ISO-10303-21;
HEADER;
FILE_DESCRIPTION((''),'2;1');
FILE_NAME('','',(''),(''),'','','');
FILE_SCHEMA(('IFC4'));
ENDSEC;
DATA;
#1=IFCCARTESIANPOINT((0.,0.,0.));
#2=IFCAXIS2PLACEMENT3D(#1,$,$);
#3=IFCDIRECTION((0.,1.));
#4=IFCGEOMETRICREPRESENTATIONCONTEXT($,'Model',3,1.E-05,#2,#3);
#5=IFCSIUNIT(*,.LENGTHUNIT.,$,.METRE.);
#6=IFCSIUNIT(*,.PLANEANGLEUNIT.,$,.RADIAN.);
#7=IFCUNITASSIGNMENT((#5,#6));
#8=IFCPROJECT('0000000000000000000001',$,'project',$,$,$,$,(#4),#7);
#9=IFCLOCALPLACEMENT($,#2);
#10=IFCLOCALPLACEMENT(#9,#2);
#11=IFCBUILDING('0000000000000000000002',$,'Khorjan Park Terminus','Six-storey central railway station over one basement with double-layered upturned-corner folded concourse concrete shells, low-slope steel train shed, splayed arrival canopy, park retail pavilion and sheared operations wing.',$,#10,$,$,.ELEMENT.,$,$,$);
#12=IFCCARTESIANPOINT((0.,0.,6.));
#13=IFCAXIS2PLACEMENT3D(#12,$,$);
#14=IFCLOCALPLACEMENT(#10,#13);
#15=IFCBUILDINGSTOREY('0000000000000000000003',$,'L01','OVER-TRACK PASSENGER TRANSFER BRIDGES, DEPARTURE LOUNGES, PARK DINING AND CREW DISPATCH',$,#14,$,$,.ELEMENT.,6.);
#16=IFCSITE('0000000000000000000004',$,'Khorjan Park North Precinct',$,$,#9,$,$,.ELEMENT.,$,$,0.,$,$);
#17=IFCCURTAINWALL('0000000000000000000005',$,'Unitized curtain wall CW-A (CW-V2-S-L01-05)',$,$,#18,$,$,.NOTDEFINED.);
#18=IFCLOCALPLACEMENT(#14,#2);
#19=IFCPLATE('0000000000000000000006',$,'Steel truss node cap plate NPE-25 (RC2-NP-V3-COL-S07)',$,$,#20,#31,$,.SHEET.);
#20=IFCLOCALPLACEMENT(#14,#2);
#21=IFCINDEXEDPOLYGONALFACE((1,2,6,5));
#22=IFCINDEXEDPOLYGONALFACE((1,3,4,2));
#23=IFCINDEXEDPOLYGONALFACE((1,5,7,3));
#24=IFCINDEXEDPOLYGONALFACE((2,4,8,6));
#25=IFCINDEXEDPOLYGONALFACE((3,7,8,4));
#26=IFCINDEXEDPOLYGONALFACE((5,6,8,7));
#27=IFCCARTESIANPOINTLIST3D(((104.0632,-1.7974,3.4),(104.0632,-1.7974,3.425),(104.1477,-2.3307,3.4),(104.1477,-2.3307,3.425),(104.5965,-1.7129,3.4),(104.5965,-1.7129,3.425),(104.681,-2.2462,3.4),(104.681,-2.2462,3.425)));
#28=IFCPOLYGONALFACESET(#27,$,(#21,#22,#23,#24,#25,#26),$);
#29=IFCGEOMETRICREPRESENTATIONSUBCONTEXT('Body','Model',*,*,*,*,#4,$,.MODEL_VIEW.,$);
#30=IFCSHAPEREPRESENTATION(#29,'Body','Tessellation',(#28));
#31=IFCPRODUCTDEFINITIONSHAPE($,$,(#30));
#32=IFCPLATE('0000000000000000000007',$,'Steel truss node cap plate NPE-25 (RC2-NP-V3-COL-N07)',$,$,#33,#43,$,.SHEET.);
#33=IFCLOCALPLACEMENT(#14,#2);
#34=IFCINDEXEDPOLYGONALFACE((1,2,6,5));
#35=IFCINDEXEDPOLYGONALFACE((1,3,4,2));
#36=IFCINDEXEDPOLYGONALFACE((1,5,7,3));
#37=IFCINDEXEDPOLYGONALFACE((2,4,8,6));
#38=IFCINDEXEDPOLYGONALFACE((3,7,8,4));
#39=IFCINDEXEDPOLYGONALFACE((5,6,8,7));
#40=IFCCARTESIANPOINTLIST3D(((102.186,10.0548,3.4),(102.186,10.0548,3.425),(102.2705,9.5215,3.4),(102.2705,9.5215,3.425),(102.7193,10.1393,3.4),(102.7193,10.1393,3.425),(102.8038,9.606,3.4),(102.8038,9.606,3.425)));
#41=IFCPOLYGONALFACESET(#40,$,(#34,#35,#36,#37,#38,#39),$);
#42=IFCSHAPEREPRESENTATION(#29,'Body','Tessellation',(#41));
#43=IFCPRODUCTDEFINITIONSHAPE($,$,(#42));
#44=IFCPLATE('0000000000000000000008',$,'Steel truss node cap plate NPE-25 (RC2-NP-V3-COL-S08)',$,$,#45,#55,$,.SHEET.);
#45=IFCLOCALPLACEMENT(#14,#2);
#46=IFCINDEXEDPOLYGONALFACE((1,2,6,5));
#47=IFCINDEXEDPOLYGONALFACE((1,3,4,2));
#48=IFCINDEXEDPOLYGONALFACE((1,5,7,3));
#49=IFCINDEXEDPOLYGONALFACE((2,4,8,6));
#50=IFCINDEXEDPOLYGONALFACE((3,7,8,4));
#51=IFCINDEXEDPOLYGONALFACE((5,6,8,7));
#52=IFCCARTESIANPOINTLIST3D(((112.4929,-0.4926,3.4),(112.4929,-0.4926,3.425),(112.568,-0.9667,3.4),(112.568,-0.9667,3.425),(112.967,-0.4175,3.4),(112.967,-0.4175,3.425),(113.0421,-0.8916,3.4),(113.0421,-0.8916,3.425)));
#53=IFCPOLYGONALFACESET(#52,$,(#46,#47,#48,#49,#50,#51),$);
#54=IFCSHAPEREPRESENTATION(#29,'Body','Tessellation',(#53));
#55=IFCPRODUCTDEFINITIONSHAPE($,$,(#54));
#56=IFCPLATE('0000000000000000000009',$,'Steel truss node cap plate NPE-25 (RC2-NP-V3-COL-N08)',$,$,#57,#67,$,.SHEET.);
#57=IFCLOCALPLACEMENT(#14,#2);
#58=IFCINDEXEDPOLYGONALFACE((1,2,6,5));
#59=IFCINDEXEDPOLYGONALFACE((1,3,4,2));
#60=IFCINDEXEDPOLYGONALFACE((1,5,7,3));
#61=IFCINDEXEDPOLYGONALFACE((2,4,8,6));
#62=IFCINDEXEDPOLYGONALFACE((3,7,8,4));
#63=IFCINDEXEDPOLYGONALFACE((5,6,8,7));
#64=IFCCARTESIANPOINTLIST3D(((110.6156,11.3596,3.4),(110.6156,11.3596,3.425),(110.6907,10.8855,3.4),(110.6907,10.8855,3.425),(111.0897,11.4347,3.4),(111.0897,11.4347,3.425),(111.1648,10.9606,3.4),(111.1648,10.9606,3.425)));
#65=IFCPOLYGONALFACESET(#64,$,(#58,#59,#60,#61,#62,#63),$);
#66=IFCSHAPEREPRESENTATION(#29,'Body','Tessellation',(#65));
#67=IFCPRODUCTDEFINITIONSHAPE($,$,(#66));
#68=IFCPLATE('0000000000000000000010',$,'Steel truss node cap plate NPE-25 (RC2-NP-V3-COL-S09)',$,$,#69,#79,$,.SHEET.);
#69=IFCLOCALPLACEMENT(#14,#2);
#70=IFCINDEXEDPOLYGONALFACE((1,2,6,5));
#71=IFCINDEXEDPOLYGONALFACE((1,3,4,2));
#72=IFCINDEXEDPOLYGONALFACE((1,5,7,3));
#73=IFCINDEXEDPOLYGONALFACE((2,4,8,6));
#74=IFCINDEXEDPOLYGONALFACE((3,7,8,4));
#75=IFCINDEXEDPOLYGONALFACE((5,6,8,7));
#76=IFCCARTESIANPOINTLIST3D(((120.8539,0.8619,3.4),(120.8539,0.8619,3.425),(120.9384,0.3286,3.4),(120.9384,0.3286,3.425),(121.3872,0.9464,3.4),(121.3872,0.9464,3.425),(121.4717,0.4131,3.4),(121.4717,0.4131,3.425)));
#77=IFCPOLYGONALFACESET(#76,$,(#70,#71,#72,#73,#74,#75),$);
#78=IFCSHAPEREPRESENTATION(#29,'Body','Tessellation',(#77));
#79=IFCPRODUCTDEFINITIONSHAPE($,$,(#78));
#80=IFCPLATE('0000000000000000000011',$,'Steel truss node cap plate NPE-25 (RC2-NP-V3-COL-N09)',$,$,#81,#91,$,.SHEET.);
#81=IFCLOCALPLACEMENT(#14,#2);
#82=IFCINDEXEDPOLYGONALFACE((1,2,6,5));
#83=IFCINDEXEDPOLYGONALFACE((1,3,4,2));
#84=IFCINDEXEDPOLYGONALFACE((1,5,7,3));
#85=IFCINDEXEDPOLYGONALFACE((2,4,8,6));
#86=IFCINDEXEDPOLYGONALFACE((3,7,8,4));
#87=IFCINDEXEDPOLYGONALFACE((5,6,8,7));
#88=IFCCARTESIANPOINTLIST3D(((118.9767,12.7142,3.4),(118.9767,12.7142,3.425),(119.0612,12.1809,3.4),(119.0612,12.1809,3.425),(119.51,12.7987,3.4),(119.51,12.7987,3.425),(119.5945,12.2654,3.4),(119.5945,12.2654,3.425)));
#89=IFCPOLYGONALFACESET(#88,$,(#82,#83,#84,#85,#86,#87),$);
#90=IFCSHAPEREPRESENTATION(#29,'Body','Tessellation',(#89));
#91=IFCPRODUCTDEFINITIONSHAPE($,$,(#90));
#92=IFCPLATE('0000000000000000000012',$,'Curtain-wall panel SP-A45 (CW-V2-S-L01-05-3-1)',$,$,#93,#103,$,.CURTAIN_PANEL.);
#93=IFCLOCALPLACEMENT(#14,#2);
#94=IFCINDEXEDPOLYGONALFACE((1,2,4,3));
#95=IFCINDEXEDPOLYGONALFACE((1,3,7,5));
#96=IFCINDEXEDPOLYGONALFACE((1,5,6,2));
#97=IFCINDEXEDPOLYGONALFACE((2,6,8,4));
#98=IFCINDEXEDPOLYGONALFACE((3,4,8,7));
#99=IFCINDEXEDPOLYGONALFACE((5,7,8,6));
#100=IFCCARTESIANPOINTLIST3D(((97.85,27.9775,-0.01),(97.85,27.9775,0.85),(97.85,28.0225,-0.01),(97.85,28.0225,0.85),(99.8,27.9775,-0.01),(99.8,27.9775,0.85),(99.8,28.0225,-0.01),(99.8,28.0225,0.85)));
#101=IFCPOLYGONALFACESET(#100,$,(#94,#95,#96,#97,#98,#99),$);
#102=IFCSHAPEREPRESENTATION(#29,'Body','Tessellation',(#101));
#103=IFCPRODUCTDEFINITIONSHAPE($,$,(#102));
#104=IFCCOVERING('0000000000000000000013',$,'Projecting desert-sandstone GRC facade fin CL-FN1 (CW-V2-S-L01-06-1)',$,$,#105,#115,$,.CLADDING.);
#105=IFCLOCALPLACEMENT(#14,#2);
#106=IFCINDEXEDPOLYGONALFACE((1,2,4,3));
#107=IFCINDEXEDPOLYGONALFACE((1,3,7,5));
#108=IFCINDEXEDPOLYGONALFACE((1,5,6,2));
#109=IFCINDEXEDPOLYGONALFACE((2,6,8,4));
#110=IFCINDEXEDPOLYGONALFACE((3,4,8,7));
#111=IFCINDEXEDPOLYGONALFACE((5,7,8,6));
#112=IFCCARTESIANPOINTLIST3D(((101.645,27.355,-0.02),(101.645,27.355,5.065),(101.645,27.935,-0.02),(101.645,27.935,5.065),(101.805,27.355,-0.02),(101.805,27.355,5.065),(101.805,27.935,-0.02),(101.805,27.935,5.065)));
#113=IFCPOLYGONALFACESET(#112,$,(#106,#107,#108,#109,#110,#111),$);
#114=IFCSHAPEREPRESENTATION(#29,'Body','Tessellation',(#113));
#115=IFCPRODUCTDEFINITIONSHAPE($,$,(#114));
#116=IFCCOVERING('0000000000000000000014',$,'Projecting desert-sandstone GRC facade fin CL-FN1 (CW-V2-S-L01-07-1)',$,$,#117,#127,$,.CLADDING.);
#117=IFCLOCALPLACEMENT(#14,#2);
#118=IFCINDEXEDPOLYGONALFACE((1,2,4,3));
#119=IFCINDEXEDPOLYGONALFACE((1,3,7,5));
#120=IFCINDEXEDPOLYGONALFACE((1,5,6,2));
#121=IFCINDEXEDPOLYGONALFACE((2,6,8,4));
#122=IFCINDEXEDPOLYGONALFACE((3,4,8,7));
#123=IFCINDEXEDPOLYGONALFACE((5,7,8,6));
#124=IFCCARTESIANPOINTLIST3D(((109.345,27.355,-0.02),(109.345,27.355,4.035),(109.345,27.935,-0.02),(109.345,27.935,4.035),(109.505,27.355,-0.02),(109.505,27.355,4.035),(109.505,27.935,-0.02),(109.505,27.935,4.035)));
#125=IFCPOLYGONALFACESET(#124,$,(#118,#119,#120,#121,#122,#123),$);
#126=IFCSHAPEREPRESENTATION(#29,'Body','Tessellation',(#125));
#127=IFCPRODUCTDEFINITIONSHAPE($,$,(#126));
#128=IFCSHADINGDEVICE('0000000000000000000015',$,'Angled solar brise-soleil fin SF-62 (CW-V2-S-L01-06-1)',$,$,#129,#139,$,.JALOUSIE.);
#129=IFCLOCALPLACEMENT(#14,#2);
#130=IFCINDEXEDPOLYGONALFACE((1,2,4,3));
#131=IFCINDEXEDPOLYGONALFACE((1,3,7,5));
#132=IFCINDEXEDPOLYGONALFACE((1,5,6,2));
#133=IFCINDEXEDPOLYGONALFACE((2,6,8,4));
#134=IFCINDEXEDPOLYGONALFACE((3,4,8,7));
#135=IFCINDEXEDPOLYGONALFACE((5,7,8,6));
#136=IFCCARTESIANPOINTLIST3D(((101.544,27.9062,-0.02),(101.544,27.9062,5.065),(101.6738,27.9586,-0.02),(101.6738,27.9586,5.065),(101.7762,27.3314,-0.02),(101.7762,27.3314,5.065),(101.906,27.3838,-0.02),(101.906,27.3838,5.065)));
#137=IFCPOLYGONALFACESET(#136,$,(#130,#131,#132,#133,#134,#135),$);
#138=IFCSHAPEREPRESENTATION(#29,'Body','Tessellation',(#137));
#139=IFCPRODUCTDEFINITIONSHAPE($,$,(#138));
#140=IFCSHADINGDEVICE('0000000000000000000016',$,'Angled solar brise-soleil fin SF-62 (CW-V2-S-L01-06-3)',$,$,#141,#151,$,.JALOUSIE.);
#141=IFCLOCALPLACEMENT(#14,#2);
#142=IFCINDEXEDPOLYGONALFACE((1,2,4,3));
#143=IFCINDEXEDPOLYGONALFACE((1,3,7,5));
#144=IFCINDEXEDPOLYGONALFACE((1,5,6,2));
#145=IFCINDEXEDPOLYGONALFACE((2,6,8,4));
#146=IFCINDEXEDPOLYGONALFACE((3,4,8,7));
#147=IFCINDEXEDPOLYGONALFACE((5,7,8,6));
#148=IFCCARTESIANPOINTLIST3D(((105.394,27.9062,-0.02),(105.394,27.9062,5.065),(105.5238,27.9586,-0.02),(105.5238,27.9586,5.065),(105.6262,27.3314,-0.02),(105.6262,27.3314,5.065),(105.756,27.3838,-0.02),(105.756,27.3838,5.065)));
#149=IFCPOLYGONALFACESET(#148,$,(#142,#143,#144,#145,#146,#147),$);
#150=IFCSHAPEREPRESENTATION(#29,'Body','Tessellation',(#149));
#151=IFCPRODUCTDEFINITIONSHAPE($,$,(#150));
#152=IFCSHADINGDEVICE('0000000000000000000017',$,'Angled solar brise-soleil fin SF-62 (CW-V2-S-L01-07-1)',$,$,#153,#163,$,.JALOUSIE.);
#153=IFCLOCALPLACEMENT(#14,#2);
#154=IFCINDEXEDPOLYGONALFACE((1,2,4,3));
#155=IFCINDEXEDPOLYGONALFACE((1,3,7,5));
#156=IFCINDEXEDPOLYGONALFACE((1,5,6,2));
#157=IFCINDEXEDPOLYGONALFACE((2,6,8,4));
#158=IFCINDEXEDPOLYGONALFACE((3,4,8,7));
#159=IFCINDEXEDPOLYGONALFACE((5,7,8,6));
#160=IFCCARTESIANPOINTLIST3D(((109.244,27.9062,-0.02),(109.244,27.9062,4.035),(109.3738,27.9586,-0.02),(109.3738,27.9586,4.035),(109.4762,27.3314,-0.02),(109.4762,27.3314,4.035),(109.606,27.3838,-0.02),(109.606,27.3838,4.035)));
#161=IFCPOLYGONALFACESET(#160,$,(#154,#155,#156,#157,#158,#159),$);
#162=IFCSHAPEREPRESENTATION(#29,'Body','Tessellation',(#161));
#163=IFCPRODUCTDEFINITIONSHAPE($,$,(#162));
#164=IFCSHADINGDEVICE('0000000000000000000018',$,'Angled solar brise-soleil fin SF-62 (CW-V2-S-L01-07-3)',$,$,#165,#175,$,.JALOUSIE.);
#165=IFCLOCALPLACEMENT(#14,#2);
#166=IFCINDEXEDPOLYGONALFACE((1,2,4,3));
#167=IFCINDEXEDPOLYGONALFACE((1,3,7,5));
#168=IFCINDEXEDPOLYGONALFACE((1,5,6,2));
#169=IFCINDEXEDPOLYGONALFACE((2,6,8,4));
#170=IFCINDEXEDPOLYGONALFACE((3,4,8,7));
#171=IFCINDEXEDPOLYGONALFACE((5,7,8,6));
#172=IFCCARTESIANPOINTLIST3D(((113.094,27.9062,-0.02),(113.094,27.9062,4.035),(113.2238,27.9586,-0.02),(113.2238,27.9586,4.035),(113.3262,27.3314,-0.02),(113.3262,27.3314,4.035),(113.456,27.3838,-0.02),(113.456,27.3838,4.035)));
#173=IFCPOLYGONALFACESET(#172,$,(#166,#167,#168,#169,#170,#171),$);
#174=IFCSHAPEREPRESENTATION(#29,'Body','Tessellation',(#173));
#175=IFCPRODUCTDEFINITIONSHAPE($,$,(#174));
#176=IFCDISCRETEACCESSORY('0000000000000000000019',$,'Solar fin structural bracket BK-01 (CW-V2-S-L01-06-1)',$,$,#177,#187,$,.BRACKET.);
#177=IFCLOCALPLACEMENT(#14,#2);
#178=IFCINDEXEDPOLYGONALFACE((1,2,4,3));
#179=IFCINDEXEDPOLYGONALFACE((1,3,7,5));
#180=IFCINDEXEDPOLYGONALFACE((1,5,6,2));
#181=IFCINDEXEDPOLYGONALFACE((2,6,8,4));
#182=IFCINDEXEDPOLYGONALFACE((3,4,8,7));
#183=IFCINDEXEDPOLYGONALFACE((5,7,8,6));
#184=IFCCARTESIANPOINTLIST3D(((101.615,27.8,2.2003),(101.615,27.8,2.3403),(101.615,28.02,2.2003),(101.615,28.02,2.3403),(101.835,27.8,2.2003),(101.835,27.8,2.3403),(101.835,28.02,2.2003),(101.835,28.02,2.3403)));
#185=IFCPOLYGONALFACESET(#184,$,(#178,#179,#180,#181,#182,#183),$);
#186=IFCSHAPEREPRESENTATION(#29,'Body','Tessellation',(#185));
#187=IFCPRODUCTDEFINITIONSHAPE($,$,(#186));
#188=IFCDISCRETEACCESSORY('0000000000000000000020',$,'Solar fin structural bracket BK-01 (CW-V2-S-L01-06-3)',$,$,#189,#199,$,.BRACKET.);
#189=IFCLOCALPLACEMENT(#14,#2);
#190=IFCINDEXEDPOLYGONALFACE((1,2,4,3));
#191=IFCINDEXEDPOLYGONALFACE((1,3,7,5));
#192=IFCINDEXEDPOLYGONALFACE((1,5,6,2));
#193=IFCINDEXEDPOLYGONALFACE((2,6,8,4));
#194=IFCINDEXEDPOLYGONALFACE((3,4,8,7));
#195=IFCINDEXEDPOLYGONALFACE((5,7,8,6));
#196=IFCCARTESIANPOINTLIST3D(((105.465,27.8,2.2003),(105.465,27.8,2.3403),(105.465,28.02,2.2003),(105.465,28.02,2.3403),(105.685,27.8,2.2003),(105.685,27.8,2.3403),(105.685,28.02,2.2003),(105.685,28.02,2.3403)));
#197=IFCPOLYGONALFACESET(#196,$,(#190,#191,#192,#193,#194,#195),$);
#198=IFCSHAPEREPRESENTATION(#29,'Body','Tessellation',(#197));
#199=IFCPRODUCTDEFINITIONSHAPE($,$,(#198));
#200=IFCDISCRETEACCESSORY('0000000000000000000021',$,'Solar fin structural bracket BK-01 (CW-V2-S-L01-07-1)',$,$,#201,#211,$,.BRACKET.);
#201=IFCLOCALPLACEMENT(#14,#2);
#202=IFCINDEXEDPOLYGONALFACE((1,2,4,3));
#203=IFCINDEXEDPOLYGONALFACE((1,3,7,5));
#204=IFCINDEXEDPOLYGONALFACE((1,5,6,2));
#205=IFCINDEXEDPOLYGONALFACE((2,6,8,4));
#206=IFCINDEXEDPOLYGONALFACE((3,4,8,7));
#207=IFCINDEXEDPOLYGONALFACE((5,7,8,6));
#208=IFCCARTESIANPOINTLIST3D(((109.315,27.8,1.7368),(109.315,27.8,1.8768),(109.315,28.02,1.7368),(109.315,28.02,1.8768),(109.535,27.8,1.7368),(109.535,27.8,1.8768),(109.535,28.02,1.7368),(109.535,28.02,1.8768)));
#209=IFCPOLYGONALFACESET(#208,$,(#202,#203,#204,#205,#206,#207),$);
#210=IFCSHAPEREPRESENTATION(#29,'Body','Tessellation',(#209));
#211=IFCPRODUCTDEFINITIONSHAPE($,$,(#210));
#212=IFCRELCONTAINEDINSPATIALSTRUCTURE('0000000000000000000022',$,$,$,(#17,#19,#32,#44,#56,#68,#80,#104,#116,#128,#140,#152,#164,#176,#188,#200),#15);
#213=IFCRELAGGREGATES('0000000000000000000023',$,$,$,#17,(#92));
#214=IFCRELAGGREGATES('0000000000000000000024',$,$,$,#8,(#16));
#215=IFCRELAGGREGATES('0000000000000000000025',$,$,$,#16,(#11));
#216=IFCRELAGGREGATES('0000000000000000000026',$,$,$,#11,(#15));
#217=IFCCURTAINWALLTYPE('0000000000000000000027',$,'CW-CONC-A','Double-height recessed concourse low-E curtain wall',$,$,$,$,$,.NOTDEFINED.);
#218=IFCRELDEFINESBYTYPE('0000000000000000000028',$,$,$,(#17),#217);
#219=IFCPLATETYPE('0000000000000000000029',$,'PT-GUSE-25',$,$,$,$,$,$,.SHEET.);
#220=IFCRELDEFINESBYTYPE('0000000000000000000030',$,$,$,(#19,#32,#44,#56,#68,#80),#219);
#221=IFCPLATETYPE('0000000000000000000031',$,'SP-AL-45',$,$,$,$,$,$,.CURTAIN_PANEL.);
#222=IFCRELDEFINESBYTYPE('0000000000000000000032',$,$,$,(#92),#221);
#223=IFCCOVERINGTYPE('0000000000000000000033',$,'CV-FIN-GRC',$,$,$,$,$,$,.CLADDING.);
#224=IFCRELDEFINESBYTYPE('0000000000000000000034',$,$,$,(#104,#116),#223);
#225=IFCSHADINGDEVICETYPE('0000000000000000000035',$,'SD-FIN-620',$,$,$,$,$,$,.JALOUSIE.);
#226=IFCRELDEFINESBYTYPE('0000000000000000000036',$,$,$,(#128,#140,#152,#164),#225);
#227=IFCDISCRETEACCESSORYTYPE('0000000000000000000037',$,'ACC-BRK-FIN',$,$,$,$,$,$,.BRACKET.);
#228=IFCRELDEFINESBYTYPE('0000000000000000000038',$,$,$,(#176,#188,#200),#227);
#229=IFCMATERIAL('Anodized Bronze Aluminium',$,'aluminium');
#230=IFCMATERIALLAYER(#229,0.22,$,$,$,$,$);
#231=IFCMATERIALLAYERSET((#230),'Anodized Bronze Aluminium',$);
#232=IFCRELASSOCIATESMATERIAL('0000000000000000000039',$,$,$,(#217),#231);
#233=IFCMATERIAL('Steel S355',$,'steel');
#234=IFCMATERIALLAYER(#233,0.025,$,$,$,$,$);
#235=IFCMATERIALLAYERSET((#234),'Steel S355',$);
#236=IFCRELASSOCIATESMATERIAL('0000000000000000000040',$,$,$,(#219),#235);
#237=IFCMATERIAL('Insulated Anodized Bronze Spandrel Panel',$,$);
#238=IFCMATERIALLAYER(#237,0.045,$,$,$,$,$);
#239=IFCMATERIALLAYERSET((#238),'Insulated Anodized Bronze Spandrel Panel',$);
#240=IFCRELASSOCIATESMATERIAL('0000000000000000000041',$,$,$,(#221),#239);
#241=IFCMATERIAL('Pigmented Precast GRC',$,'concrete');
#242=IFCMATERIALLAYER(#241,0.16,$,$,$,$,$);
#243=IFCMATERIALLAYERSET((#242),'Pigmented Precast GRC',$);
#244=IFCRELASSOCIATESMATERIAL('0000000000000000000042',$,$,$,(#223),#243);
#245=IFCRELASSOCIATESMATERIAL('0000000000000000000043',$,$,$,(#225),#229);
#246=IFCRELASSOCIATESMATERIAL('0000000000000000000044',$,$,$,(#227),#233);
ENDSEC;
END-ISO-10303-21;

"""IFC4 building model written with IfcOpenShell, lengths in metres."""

from ifc_helpers import new_model, si_unit, direction, frame, origin, origin_2d, place, context, subcontext, project, spatial, rectangle, extrude, material, layer, layer_set, type_object, element, aggregate, save


model = new_model("IFC4")

# Units and contexts
model_context = context("Model", 3, precision=1e-05, world=origin(), true_north=direction((0.0, 1.0)))
body_context = subcontext(model_context, "Body", "Model", "MODEL_VIEW")
ifc_project = project(units=[si_unit("LENGTHUNIT", "METRE"), si_unit("PLANEANGLEUNIT", "RADIAN")], contexts=[model_context])

# Site, building, storey
site_placement = place(None, origin())
site = spatial("IfcSite", under=ifc_project, at=site_placement, Name="Khorjan Park North Precinct", CompositionType="ELEMENT", RefElevation=0.0)
building_placement = place(site_placement, origin())
building = spatial("IfcBuilding", under=site, at=building_placement, Name="Khorjan Park Terminus", Description="Six-storey central railway station over one basement with double-layered upturned-corner folded concourse concrete shells, low-slope steel train shed, splayed arrival canopy, park retail pavilion and sheared operations wing.", CompositionType="ELEMENT")
storey_placement = place(building_placement, frame((0.0, 0.0, 6.0)))
storey = spatial("IfcBuildingStorey", under=building, at=storey_placement, Name="L01", Description="OVER-TRACK PASSENGER TRANSFER BRIDGES, DEPARTURE LOUNGES, PARK DINING AND CREW DISPATCH", CompositionType="ELEMENT", Elevation=6.0)

# Shared definitions
ifc_material_1 = material(Name="Steel S355", Category="steel")

# Curtain wall
ifc_material_2 = material(Name="Anodized Bronze Aluminium", Category="aluminium")
ifc_layer_1 = layer(ifc_material_2, 0.22)
ifc_layer_set_1 = layer_set([ifc_layer_1], Name="Anodized Bronze Aluminium")
curtain_wall_type = type_object("IfcCurtainWallType", Name="CW-CONC-A", Description="Double-height recessed concourse low-E curtain wall", PredefinedType="NOTDEFINED", material=ifc_layer_set_1)
curtain_wall_placement = place(storey_placement, origin())
curtain_wall = element("IfcCurtainWall", 1, at=curtain_wall_placement, inside=storey, type_object=curtain_wall_type, Name="Unitized curtain wall CW-A (CW-V2-S-L01-05)", PredefinedType="NOTDEFINED")

# Plates
ifc_layer_2 = layer(ifc_material_1, 0.025)
ifc_layer_set_2 = layer_set([ifc_layer_2], Name="Steel S355")
plate_type_1 = type_object("IfcPlateType", Name="PT-GUSE-25", PredefinedType="SHEET", material=ifc_layer_set_2)
for number, where, z_axis, x_axis, name in (
    (2, (104.3721, -2.0218, 3.4), (0.0, 0.0, 1.0), (0.987688, 0.156434, 0.0), "Steel truss node cap plate NPE-25 (RC2-NP-V3-COL-S07)"),
    (3, (102.4949, 9.8304, 3.4), (0.0, 0.0, 1.0), (0.987688, 0.156434, 0.0), "Steel truss node cap plate NPE-25 (RC2-NP-V3-COL-N07)"),
):
    element("IfcPlate", number, at=place(storey_placement, frame(where, z_axis=z_axis, x_axis=x_axis)), inside=storey, type_object=plate_type_1, Name=name, PredefinedType="SHEET", context=body_context, shape_type="SweptSolid", body=[
        extrude(rectangle(XDim=0.54, YDim=0.54, at=origin_2d()), origin(), (0.0, 0.0, 1.0), 0.025),
    ])
for number, where, z_axis, x_axis, name in (
    (4, (112.7675, -0.6921, 3.4), (0.0, 0.0, 1.0), (0.987688, 0.156434, 0.0), "Steel truss node cap plate NPE-25 (RC2-NP-V3-COL-S08)"),
    (5, (110.8902, 11.1601, 3.4), (0.0, 0.0, 1.0), (0.987688, 0.156434, 0.0), "Steel truss node cap plate NPE-25 (RC2-NP-V3-COL-N08)"),
):
    element("IfcPlate", number, at=place(storey_placement, frame(where, z_axis=z_axis, x_axis=x_axis)), inside=storey, type_object=plate_type_1, Name=name, PredefinedType="SHEET", context=body_context, shape_type="SweptSolid", body=[
        extrude(rectangle(XDim=0.48, YDim=0.48, at=origin_2d()), origin(), (0.0, 0.0, 1.0), 0.025),
    ])
for number, where, z_axis, x_axis, name in (
    (6, (121.1628, 0.6375, 3.4), (0.0, 0.0, 1.0), (0.987688, 0.156434, 0.0), "Steel truss node cap plate NPE-25 (RC2-NP-V3-COL-S09)"),
    (7, (119.2856, 12.4898, 3.4), (0.0, 0.0, 1.0), (0.987688, 0.156434, 0.0), "Steel truss node cap plate NPE-25 (RC2-NP-V3-COL-N09)"),
):
    element("IfcPlate", number, at=place(storey_placement, frame(where, z_axis=z_axis, x_axis=x_axis)), inside=storey, type_object=plate_type_1, Name=name, PredefinedType="SHEET", context=body_context, shape_type="SweptSolid", body=[
        extrude(rectangle(XDim=0.54, YDim=0.54, at=origin_2d()), origin(), (0.0, 0.0, 1.0), 0.025),
    ])

# Plate
ifc_material_3 = material(Name="Insulated Anodized Bronze Spandrel Panel")
ifc_layer_3 = layer(ifc_material_3, 0.045)
ifc_layer_set_3 = layer_set([ifc_layer_3], Name="Insulated Anodized Bronze Spandrel Panel")
plate_type_2 = type_object("IfcPlateType", Name="SP-AL-45", PredefinedType="CURTAIN_PANEL", material=ifc_layer_set_3)
plate_1_placement = place(storey_placement, frame((98.825, 28.0, -0.01), z_axis=(0.0, 0.0, 1.0), x_axis=(1.0, 0.0, 0.0)))
plate_1 = element("IfcPlate", 8, at=plate_1_placement, type_object=plate_type_2, Name="Curtain-wall panel SP-A45 (CW-V2-S-L01-05-3-1)", PredefinedType="CURTAIN_PANEL", context=body_context, shape_type="SweptSolid", body=[
    extrude(rectangle(XDim=1.95, YDim=0.045, at=origin_2d()), origin(), (0.0, 0.0, 1.0), 0.86),
])
aggregate(curtain_wall, [plate_1])

# Coverings
ifc_material_4 = material(Name="Pigmented Precast GRC", Category="concrete")
ifc_layer_4 = layer(ifc_material_4, 0.16)
ifc_layer_set_4 = layer_set([ifc_layer_4], Name="Pigmented Precast GRC")
covering_type = type_object("IfcCoveringType", Name="CV-FIN-GRC", PredefinedType="CLADDING", material=ifc_layer_set_4)
covering_1_placement = place(storey_placement, frame((101.725, 27.645, -0.02), z_axis=(0.0, 0.0, 1.0), x_axis=(0.0, 1.0, 0.0)))
element("IfcCovering", 9, at=covering_1_placement, inside=storey, type_object=covering_type, Name="Projecting desert-sandstone GRC facade fin CL-FN1 (CW-V2-S-L01-06-1)", PredefinedType="CLADDING", context=body_context, shape_type="SweptSolid", body=[
    extrude(rectangle(XDim=0.58, YDim=0.16, at=origin_2d()), origin(), (0.0, 0.0, 1.0), 5.085),
])
covering_2_placement = place(storey_placement, frame((109.425, 27.645, -0.02), z_axis=(0.0, 0.0, 1.0), x_axis=(0.0, 1.0, 0.0)))
element("IfcCovering", 10, at=covering_2_placement, inside=storey, type_object=covering_type, Name="Projecting desert-sandstone GRC facade fin CL-FN1 (CW-V2-S-L01-07-1)", PredefinedType="CLADDING", context=body_context, shape_type="SweptSolid", body=[
    extrude(rectangle(XDim=0.58, YDim=0.16, at=origin_2d()), origin(), (0.0, 0.0, 1.0), 4.055),
])

# Shading devices
shading_device_type = type_object("IfcShadingDeviceType", Name="SD-FIN-620", PredefinedType="JALOUSIE", material=ifc_material_2)
for number, where, z_axis, x_axis, name in (
    (11, (101.725, 27.645, -0.02), (0.0, 0.0, 1.0), (-0.374607, 0.927184, 0.0), "Angled solar brise-soleil fin SF-62 (CW-V2-S-L01-06-1)"),
    (12, (105.575, 27.645, -0.02), (0.0, 0.0, 1.0), (-0.374607, 0.927184, 0.0), "Angled solar brise-soleil fin SF-62 (CW-V2-S-L01-06-3)"),
):
    element("IfcShadingDevice", number, at=place(storey_placement, frame(where, z_axis=z_axis, x_axis=x_axis)), inside=storey, type_object=shading_device_type, Name=name, PredefinedType="JALOUSIE", context=body_context, shape_type="SweptSolid", body=[
        extrude(rectangle(XDim=0.62, YDim=0.14, at=origin_2d()), origin(), (0.0, 0.0, 1.0), 5.085),
    ])
for number, where, z_axis, x_axis, name in (
    (13, (109.425, 27.645, -0.02), (0.0, 0.0, 1.0), (-0.374607, 0.927184, 0.0), "Angled solar brise-soleil fin SF-62 (CW-V2-S-L01-07-1)"),
    (14, (113.275, 27.645, -0.02), (0.0, 0.0, 1.0), (-0.374607, 0.927184, 0.0), "Angled solar brise-soleil fin SF-62 (CW-V2-S-L01-07-3)"),
):
    element("IfcShadingDevice", number, at=place(storey_placement, frame(where, z_axis=z_axis, x_axis=x_axis)), inside=storey, type_object=shading_device_type, Name=name, PredefinedType="JALOUSIE", context=body_context, shape_type="SweptSolid", body=[
        extrude(rectangle(XDim=0.62, YDim=0.14, at=origin_2d()), origin(), (0.0, 0.0, 1.0), 4.055),
    ])

# Discrete accessories
discrete_accessory_type = type_object("IfcDiscreteAccessoryType", Name="ACC-BRK-FIN", PredefinedType="BRACKET", material=ifc_material_1)
for number, where, z_axis, x_axis, name in (
    (15, (101.725, 27.91, 2.2003), (0.0, 0.0, 1.0), (1.0, 0.0, 0.0), "Solar fin structural bracket BK-01 (CW-V2-S-L01-06-1)"),
    (16, (105.575, 27.91, 2.2003), (0.0, 0.0, 1.0), (1.0, 0.0, 0.0), "Solar fin structural bracket BK-01 (CW-V2-S-L01-06-3)"),
    (17, (109.425, 27.91, 1.7368), (0.0, 0.0, 1.0), (1.0, 0.0, 0.0), "Solar fin structural bracket BK-01 (CW-V2-S-L01-07-1)"),
):
    element("IfcDiscreteAccessory", number, at=place(storey_placement, frame(where, z_axis=z_axis, x_axis=x_axis)), inside=storey, type_object=discrete_accessory_type, Name=name, PredefinedType="BRACKET", context=body_context, shape_type="SweptSolid", body=[
        extrude(rectangle(XDim=0.22, YDim=0.22, at=origin_2d()), origin(), (0.0, 0.0, 1.0), 0.14),
    ])

save(model, "model.ifc")
